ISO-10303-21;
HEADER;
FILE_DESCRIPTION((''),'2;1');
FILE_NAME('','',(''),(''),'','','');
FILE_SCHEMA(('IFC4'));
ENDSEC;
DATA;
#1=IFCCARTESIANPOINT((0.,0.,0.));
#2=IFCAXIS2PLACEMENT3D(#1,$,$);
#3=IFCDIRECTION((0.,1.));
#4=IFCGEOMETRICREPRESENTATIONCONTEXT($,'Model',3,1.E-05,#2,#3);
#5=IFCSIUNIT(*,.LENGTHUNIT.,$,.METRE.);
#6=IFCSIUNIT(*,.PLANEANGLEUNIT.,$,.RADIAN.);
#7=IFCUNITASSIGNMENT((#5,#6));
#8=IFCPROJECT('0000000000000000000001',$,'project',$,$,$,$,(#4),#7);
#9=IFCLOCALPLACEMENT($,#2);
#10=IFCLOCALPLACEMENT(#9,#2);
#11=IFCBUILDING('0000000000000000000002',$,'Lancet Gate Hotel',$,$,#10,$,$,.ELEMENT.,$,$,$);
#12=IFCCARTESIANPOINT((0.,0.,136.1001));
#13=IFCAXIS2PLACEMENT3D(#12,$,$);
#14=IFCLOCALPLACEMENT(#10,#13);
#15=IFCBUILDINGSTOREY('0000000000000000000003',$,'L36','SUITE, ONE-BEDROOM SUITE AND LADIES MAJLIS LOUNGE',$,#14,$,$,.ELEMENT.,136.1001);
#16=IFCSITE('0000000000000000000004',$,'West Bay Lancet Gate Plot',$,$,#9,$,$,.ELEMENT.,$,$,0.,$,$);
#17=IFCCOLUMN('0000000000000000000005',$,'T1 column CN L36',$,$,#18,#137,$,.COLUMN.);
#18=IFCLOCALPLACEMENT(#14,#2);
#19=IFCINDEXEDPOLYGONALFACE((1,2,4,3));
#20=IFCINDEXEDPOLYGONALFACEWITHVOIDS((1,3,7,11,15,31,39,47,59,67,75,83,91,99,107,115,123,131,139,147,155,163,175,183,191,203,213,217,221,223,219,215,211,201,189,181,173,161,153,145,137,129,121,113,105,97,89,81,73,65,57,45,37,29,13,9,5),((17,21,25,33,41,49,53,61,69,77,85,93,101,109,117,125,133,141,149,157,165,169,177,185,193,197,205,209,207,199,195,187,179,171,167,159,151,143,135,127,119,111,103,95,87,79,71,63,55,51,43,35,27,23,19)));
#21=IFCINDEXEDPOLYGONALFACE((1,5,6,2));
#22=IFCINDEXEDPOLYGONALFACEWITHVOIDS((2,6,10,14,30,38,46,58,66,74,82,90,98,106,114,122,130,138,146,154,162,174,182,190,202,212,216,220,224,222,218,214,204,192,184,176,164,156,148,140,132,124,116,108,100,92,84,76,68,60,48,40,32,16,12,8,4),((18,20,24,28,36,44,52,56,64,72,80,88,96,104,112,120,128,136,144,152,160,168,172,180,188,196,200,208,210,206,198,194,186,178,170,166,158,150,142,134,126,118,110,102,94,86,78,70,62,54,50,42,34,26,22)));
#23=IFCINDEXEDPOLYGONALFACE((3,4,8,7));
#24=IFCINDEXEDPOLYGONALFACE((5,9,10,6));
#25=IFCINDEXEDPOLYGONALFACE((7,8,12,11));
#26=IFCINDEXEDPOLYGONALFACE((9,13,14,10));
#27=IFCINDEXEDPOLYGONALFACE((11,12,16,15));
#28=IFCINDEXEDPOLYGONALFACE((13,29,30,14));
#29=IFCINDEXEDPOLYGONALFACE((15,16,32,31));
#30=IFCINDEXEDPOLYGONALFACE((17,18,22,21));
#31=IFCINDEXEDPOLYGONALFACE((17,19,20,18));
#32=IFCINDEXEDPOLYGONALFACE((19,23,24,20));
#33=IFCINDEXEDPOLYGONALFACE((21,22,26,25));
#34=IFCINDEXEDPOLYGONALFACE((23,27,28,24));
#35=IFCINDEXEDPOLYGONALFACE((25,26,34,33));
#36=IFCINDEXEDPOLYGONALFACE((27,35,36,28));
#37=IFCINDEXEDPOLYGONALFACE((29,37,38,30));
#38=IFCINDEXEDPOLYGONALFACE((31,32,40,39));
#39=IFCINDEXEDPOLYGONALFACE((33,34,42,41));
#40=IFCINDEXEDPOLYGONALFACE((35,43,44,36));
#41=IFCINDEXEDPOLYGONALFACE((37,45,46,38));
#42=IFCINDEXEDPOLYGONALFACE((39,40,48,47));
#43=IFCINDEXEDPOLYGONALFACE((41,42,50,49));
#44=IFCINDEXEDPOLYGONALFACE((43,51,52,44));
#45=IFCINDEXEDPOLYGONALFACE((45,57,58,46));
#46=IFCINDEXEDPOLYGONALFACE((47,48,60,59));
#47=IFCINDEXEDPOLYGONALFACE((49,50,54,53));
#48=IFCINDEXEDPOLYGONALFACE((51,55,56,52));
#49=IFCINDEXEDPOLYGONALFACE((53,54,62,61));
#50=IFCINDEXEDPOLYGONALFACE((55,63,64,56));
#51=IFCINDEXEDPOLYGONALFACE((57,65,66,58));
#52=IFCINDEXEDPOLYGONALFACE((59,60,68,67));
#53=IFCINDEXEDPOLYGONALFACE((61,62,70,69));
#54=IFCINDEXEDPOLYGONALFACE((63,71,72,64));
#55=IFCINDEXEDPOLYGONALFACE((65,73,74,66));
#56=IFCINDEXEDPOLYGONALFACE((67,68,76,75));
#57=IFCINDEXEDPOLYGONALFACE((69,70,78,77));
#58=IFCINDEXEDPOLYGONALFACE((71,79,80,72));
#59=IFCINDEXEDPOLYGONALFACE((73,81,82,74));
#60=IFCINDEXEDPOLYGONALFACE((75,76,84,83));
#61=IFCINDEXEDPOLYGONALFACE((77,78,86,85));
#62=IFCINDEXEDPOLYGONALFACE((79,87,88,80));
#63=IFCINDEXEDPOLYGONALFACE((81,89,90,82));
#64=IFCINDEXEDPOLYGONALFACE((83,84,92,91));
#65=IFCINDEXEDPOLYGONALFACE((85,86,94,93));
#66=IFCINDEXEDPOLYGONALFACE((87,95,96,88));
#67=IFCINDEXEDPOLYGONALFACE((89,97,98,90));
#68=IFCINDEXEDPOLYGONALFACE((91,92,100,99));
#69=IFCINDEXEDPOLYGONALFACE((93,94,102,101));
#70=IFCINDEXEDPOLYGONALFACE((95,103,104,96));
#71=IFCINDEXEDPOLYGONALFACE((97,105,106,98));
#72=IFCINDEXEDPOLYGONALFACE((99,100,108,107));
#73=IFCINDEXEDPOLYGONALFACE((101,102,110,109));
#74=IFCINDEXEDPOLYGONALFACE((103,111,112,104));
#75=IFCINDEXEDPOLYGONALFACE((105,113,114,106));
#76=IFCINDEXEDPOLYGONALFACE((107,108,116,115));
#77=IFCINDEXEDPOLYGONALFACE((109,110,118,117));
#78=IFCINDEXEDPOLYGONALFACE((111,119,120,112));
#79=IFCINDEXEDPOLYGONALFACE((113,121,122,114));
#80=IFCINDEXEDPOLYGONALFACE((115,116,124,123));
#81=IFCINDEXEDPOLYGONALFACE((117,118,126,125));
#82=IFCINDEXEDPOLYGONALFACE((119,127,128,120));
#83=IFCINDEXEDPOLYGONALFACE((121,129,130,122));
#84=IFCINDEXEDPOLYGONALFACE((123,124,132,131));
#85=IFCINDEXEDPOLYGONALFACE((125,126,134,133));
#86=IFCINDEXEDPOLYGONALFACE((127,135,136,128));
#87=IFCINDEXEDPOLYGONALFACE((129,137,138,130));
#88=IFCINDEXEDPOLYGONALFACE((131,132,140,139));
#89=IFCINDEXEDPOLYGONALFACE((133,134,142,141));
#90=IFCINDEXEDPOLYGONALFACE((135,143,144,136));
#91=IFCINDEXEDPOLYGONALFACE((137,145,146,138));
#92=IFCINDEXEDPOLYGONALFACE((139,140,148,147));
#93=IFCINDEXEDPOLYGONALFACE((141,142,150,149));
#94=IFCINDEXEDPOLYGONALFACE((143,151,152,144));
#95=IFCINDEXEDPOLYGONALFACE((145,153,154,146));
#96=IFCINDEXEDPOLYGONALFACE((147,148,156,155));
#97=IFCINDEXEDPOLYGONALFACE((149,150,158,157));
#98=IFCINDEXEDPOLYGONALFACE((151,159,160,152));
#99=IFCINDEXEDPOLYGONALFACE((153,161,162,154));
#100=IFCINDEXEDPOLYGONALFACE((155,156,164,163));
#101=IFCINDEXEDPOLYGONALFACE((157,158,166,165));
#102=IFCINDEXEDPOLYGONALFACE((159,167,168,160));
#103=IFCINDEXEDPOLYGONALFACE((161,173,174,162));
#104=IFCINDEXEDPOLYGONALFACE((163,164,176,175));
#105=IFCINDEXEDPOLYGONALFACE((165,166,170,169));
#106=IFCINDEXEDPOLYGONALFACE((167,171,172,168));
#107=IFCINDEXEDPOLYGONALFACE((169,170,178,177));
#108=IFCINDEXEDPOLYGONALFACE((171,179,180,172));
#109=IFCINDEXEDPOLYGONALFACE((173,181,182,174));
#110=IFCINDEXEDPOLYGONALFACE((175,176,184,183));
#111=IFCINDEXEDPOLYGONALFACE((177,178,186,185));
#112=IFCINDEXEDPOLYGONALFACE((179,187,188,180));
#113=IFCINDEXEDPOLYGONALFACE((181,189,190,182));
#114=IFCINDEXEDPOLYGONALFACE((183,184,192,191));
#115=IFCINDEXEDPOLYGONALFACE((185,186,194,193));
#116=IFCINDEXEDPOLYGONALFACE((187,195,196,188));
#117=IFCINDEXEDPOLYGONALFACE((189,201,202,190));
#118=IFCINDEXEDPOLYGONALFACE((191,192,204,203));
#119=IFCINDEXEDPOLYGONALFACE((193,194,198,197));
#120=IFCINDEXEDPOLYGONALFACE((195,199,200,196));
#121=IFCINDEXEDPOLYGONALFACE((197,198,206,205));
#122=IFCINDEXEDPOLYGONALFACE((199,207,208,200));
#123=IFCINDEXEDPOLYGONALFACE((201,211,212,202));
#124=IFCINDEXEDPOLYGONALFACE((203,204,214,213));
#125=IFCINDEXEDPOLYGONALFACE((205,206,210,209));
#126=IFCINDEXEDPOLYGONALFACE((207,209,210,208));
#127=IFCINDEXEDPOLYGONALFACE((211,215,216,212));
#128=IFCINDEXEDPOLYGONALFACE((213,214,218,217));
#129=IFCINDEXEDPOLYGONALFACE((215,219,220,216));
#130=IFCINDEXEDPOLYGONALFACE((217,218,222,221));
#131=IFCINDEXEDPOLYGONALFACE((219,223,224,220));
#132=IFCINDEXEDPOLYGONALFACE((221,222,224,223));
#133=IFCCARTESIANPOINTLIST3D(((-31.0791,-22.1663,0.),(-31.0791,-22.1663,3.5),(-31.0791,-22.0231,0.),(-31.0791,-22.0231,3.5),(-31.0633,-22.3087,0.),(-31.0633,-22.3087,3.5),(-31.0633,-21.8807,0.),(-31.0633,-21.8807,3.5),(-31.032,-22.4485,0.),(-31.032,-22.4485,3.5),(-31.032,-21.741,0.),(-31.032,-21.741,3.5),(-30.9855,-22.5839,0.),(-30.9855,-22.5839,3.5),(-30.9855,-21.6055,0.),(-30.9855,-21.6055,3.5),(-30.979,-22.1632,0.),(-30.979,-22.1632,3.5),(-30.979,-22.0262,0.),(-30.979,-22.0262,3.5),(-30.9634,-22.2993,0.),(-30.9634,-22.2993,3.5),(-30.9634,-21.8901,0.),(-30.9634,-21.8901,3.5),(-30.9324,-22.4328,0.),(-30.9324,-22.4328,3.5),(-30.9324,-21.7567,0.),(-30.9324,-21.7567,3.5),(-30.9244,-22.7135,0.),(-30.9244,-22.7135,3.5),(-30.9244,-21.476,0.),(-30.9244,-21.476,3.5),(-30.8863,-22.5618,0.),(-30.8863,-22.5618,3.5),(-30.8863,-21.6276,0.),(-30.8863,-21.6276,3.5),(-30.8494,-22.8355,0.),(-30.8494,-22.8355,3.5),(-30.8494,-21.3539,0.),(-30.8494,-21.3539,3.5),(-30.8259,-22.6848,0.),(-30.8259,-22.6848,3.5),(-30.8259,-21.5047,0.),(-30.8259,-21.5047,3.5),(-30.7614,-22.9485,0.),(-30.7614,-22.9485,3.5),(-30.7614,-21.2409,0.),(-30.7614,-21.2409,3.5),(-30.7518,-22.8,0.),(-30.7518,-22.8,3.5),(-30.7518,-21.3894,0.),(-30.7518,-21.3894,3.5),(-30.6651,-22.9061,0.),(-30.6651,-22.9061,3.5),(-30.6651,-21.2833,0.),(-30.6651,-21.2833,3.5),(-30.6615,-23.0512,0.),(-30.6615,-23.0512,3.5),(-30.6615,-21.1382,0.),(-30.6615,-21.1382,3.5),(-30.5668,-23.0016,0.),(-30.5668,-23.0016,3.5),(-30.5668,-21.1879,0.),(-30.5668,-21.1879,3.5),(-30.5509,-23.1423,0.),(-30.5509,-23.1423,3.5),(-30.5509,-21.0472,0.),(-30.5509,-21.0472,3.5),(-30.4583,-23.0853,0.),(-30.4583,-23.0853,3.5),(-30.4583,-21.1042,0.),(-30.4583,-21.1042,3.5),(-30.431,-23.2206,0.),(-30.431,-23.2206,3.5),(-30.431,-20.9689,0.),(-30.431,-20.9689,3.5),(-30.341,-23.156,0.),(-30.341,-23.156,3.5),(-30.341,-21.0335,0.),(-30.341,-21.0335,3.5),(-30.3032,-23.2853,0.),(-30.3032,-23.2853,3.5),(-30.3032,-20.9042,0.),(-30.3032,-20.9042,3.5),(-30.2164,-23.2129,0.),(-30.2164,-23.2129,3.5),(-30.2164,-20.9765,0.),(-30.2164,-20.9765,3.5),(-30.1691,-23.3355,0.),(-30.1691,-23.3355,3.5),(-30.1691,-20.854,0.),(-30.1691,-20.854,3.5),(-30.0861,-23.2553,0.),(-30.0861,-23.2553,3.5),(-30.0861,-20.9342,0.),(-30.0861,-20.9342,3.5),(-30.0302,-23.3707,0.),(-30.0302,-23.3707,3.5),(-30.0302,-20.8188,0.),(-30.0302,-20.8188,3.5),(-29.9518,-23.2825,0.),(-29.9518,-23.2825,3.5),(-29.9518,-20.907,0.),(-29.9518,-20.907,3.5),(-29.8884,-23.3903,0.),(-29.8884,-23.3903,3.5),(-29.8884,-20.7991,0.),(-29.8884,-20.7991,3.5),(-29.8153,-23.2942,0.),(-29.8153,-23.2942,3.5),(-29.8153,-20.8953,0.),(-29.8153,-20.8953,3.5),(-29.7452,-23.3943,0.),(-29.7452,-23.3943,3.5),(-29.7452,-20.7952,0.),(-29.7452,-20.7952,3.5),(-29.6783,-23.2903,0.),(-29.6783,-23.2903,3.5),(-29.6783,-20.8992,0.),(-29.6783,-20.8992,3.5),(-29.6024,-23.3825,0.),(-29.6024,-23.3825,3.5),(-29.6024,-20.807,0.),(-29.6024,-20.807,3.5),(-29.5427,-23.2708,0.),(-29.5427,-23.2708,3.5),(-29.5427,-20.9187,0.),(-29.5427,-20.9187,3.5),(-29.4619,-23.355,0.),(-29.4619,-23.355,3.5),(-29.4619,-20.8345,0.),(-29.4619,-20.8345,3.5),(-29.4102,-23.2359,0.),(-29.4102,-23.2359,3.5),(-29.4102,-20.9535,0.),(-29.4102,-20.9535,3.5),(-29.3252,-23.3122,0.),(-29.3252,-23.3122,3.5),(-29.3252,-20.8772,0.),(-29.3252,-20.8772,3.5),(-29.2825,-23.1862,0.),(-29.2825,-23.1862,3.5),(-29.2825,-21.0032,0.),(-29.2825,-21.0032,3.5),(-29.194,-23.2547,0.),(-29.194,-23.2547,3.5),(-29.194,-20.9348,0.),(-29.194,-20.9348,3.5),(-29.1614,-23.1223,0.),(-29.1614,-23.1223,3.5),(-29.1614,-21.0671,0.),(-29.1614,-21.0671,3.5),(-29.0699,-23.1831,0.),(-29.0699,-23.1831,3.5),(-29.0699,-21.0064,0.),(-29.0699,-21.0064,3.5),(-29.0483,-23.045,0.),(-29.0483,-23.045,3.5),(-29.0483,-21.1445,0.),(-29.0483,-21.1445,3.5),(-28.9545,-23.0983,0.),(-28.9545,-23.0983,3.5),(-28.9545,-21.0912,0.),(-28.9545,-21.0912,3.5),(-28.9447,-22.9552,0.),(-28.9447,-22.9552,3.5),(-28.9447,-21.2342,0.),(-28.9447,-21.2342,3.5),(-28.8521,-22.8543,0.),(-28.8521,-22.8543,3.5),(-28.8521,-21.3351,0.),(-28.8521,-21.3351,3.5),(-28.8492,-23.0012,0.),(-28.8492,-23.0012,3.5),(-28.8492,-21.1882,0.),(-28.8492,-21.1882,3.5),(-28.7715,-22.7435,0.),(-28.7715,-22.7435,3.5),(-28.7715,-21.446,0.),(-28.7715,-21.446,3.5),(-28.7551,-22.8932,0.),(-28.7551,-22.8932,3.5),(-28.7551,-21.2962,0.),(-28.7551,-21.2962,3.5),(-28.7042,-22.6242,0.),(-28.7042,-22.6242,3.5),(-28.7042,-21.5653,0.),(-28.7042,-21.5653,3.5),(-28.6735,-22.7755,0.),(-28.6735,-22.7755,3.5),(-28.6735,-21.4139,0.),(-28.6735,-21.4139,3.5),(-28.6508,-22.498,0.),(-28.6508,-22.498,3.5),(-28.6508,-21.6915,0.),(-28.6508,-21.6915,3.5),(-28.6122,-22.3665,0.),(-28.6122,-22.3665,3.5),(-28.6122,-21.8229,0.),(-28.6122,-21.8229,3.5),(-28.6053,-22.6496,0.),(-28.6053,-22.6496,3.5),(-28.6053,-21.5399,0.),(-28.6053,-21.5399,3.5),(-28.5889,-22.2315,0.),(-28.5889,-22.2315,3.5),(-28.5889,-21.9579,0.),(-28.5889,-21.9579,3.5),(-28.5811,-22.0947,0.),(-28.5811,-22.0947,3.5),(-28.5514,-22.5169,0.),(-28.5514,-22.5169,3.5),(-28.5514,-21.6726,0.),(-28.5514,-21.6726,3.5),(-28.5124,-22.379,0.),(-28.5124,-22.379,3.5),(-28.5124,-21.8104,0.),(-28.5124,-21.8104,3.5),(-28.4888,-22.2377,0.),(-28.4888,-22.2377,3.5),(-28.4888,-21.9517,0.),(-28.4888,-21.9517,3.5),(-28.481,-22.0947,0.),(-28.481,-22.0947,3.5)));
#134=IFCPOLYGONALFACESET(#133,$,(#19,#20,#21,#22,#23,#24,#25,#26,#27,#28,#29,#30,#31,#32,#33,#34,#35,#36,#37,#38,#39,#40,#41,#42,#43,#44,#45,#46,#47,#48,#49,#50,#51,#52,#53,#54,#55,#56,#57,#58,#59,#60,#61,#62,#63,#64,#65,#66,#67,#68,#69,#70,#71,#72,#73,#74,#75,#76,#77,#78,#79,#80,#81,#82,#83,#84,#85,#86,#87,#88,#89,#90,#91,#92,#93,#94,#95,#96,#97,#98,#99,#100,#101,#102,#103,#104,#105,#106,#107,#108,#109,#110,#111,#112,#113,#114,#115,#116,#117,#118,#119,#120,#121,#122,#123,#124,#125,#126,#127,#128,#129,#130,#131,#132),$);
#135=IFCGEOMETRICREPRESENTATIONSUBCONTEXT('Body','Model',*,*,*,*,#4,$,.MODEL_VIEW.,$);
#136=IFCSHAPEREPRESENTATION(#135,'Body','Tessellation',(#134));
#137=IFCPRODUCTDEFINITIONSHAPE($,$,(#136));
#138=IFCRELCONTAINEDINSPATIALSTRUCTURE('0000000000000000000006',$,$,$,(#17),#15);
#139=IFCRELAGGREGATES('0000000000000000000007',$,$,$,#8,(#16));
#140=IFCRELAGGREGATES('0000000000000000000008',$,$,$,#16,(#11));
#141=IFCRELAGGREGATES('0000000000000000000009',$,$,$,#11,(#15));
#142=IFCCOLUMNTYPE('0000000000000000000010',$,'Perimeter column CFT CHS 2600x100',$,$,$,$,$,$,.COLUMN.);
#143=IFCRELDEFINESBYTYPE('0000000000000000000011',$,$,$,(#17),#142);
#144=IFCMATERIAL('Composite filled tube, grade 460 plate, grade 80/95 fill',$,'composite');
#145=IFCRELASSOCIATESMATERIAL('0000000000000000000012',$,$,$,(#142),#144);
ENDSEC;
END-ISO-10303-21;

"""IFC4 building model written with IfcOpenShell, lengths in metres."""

from ifc_helpers import new_model, si_unit, direction, frame, origin, origin_2d, place, context, subcontext, project, spatial, hollow_circle, extrude, material, material_profile, profile_set, type_object, element, save


model = new_model("IFC4")

# Units and contexts
model_context = context("Model", 3, precision=1e-05, world=origin(), true_north=direction((0.0, 1.0)))
body_context = subcontext(model_context, "Body", "Model", "MODEL_VIEW")
ifc_project = project(units=[si_unit("LENGTHUNIT", "METRE"), si_unit("PLANEANGLEUNIT", "RADIAN")], contexts=[model_context])

# Site, building, storey
site_placement = place(None, origin())
site = spatial("IfcSite", under=ifc_project, at=site_placement, Name="West Bay Lancet Gate Plot", CompositionType="ELEMENT", RefElevation=0.0)
building_placement = place(site_placement, origin())
building = spatial("IfcBuilding", under=site, at=building_placement, Name="Lancet Gate Hotel", CompositionType="ELEMENT")
storey_placement = place(building_placement, frame((0.0, 0.0, 136.1001)))
storey = spatial("IfcBuildingStorey", under=building, at=storey_placement, Name="L36", Description="SUITE, ONE-BEDROOM SUITE AND LADIES MAJLIS LOUNGE", CompositionType="ELEMENT", Elevation=136.1001)

# Column
ifc_material_1 = material(Name="Composite filled tube, grade 460 plate, grade 80/95 fill", Category="composite")
ifc_material_profile_1 = material_profile(ifc_material_1, hollow_circle(Radius=1.3, WallThickness=0.1001, at=origin_2d()), Name="CHS 2600x100")
ifc_profile_set_1 = profile_set([ifc_material_profile_1], Name="Composite filled tube, grade 460 plate, grade 80/95 fill")
column_type = type_object("IfcColumnType", Name="Perimeter column CFT CHS 2600x100", PredefinedType="COLUMN", material=ifc_profile_set_1)
for number, where, z_axis, x_axis, name in (
    (1, (-29.781, -22.0947, 0.0), (0.0, 0.0, 1.0), (1.0, 0.0, 0.0), "T1 column CN L36"),
):
    element("IfcColumn", number, at=place(storey_placement, frame(where, z_axis=z_axis, x_axis=x_axis)), inside=storey, type_object=column_type, Name=name, PredefinedType="COLUMN", context=body_context, shape_type="SweptSolid", body=[
        extrude(hollow_circle(Radius=1.3, WallThickness=0.1001, at=origin_2d()), origin(), (0.0, 0.0, 1.0), 3.5),
    ])

save(model, "model.ifc")
